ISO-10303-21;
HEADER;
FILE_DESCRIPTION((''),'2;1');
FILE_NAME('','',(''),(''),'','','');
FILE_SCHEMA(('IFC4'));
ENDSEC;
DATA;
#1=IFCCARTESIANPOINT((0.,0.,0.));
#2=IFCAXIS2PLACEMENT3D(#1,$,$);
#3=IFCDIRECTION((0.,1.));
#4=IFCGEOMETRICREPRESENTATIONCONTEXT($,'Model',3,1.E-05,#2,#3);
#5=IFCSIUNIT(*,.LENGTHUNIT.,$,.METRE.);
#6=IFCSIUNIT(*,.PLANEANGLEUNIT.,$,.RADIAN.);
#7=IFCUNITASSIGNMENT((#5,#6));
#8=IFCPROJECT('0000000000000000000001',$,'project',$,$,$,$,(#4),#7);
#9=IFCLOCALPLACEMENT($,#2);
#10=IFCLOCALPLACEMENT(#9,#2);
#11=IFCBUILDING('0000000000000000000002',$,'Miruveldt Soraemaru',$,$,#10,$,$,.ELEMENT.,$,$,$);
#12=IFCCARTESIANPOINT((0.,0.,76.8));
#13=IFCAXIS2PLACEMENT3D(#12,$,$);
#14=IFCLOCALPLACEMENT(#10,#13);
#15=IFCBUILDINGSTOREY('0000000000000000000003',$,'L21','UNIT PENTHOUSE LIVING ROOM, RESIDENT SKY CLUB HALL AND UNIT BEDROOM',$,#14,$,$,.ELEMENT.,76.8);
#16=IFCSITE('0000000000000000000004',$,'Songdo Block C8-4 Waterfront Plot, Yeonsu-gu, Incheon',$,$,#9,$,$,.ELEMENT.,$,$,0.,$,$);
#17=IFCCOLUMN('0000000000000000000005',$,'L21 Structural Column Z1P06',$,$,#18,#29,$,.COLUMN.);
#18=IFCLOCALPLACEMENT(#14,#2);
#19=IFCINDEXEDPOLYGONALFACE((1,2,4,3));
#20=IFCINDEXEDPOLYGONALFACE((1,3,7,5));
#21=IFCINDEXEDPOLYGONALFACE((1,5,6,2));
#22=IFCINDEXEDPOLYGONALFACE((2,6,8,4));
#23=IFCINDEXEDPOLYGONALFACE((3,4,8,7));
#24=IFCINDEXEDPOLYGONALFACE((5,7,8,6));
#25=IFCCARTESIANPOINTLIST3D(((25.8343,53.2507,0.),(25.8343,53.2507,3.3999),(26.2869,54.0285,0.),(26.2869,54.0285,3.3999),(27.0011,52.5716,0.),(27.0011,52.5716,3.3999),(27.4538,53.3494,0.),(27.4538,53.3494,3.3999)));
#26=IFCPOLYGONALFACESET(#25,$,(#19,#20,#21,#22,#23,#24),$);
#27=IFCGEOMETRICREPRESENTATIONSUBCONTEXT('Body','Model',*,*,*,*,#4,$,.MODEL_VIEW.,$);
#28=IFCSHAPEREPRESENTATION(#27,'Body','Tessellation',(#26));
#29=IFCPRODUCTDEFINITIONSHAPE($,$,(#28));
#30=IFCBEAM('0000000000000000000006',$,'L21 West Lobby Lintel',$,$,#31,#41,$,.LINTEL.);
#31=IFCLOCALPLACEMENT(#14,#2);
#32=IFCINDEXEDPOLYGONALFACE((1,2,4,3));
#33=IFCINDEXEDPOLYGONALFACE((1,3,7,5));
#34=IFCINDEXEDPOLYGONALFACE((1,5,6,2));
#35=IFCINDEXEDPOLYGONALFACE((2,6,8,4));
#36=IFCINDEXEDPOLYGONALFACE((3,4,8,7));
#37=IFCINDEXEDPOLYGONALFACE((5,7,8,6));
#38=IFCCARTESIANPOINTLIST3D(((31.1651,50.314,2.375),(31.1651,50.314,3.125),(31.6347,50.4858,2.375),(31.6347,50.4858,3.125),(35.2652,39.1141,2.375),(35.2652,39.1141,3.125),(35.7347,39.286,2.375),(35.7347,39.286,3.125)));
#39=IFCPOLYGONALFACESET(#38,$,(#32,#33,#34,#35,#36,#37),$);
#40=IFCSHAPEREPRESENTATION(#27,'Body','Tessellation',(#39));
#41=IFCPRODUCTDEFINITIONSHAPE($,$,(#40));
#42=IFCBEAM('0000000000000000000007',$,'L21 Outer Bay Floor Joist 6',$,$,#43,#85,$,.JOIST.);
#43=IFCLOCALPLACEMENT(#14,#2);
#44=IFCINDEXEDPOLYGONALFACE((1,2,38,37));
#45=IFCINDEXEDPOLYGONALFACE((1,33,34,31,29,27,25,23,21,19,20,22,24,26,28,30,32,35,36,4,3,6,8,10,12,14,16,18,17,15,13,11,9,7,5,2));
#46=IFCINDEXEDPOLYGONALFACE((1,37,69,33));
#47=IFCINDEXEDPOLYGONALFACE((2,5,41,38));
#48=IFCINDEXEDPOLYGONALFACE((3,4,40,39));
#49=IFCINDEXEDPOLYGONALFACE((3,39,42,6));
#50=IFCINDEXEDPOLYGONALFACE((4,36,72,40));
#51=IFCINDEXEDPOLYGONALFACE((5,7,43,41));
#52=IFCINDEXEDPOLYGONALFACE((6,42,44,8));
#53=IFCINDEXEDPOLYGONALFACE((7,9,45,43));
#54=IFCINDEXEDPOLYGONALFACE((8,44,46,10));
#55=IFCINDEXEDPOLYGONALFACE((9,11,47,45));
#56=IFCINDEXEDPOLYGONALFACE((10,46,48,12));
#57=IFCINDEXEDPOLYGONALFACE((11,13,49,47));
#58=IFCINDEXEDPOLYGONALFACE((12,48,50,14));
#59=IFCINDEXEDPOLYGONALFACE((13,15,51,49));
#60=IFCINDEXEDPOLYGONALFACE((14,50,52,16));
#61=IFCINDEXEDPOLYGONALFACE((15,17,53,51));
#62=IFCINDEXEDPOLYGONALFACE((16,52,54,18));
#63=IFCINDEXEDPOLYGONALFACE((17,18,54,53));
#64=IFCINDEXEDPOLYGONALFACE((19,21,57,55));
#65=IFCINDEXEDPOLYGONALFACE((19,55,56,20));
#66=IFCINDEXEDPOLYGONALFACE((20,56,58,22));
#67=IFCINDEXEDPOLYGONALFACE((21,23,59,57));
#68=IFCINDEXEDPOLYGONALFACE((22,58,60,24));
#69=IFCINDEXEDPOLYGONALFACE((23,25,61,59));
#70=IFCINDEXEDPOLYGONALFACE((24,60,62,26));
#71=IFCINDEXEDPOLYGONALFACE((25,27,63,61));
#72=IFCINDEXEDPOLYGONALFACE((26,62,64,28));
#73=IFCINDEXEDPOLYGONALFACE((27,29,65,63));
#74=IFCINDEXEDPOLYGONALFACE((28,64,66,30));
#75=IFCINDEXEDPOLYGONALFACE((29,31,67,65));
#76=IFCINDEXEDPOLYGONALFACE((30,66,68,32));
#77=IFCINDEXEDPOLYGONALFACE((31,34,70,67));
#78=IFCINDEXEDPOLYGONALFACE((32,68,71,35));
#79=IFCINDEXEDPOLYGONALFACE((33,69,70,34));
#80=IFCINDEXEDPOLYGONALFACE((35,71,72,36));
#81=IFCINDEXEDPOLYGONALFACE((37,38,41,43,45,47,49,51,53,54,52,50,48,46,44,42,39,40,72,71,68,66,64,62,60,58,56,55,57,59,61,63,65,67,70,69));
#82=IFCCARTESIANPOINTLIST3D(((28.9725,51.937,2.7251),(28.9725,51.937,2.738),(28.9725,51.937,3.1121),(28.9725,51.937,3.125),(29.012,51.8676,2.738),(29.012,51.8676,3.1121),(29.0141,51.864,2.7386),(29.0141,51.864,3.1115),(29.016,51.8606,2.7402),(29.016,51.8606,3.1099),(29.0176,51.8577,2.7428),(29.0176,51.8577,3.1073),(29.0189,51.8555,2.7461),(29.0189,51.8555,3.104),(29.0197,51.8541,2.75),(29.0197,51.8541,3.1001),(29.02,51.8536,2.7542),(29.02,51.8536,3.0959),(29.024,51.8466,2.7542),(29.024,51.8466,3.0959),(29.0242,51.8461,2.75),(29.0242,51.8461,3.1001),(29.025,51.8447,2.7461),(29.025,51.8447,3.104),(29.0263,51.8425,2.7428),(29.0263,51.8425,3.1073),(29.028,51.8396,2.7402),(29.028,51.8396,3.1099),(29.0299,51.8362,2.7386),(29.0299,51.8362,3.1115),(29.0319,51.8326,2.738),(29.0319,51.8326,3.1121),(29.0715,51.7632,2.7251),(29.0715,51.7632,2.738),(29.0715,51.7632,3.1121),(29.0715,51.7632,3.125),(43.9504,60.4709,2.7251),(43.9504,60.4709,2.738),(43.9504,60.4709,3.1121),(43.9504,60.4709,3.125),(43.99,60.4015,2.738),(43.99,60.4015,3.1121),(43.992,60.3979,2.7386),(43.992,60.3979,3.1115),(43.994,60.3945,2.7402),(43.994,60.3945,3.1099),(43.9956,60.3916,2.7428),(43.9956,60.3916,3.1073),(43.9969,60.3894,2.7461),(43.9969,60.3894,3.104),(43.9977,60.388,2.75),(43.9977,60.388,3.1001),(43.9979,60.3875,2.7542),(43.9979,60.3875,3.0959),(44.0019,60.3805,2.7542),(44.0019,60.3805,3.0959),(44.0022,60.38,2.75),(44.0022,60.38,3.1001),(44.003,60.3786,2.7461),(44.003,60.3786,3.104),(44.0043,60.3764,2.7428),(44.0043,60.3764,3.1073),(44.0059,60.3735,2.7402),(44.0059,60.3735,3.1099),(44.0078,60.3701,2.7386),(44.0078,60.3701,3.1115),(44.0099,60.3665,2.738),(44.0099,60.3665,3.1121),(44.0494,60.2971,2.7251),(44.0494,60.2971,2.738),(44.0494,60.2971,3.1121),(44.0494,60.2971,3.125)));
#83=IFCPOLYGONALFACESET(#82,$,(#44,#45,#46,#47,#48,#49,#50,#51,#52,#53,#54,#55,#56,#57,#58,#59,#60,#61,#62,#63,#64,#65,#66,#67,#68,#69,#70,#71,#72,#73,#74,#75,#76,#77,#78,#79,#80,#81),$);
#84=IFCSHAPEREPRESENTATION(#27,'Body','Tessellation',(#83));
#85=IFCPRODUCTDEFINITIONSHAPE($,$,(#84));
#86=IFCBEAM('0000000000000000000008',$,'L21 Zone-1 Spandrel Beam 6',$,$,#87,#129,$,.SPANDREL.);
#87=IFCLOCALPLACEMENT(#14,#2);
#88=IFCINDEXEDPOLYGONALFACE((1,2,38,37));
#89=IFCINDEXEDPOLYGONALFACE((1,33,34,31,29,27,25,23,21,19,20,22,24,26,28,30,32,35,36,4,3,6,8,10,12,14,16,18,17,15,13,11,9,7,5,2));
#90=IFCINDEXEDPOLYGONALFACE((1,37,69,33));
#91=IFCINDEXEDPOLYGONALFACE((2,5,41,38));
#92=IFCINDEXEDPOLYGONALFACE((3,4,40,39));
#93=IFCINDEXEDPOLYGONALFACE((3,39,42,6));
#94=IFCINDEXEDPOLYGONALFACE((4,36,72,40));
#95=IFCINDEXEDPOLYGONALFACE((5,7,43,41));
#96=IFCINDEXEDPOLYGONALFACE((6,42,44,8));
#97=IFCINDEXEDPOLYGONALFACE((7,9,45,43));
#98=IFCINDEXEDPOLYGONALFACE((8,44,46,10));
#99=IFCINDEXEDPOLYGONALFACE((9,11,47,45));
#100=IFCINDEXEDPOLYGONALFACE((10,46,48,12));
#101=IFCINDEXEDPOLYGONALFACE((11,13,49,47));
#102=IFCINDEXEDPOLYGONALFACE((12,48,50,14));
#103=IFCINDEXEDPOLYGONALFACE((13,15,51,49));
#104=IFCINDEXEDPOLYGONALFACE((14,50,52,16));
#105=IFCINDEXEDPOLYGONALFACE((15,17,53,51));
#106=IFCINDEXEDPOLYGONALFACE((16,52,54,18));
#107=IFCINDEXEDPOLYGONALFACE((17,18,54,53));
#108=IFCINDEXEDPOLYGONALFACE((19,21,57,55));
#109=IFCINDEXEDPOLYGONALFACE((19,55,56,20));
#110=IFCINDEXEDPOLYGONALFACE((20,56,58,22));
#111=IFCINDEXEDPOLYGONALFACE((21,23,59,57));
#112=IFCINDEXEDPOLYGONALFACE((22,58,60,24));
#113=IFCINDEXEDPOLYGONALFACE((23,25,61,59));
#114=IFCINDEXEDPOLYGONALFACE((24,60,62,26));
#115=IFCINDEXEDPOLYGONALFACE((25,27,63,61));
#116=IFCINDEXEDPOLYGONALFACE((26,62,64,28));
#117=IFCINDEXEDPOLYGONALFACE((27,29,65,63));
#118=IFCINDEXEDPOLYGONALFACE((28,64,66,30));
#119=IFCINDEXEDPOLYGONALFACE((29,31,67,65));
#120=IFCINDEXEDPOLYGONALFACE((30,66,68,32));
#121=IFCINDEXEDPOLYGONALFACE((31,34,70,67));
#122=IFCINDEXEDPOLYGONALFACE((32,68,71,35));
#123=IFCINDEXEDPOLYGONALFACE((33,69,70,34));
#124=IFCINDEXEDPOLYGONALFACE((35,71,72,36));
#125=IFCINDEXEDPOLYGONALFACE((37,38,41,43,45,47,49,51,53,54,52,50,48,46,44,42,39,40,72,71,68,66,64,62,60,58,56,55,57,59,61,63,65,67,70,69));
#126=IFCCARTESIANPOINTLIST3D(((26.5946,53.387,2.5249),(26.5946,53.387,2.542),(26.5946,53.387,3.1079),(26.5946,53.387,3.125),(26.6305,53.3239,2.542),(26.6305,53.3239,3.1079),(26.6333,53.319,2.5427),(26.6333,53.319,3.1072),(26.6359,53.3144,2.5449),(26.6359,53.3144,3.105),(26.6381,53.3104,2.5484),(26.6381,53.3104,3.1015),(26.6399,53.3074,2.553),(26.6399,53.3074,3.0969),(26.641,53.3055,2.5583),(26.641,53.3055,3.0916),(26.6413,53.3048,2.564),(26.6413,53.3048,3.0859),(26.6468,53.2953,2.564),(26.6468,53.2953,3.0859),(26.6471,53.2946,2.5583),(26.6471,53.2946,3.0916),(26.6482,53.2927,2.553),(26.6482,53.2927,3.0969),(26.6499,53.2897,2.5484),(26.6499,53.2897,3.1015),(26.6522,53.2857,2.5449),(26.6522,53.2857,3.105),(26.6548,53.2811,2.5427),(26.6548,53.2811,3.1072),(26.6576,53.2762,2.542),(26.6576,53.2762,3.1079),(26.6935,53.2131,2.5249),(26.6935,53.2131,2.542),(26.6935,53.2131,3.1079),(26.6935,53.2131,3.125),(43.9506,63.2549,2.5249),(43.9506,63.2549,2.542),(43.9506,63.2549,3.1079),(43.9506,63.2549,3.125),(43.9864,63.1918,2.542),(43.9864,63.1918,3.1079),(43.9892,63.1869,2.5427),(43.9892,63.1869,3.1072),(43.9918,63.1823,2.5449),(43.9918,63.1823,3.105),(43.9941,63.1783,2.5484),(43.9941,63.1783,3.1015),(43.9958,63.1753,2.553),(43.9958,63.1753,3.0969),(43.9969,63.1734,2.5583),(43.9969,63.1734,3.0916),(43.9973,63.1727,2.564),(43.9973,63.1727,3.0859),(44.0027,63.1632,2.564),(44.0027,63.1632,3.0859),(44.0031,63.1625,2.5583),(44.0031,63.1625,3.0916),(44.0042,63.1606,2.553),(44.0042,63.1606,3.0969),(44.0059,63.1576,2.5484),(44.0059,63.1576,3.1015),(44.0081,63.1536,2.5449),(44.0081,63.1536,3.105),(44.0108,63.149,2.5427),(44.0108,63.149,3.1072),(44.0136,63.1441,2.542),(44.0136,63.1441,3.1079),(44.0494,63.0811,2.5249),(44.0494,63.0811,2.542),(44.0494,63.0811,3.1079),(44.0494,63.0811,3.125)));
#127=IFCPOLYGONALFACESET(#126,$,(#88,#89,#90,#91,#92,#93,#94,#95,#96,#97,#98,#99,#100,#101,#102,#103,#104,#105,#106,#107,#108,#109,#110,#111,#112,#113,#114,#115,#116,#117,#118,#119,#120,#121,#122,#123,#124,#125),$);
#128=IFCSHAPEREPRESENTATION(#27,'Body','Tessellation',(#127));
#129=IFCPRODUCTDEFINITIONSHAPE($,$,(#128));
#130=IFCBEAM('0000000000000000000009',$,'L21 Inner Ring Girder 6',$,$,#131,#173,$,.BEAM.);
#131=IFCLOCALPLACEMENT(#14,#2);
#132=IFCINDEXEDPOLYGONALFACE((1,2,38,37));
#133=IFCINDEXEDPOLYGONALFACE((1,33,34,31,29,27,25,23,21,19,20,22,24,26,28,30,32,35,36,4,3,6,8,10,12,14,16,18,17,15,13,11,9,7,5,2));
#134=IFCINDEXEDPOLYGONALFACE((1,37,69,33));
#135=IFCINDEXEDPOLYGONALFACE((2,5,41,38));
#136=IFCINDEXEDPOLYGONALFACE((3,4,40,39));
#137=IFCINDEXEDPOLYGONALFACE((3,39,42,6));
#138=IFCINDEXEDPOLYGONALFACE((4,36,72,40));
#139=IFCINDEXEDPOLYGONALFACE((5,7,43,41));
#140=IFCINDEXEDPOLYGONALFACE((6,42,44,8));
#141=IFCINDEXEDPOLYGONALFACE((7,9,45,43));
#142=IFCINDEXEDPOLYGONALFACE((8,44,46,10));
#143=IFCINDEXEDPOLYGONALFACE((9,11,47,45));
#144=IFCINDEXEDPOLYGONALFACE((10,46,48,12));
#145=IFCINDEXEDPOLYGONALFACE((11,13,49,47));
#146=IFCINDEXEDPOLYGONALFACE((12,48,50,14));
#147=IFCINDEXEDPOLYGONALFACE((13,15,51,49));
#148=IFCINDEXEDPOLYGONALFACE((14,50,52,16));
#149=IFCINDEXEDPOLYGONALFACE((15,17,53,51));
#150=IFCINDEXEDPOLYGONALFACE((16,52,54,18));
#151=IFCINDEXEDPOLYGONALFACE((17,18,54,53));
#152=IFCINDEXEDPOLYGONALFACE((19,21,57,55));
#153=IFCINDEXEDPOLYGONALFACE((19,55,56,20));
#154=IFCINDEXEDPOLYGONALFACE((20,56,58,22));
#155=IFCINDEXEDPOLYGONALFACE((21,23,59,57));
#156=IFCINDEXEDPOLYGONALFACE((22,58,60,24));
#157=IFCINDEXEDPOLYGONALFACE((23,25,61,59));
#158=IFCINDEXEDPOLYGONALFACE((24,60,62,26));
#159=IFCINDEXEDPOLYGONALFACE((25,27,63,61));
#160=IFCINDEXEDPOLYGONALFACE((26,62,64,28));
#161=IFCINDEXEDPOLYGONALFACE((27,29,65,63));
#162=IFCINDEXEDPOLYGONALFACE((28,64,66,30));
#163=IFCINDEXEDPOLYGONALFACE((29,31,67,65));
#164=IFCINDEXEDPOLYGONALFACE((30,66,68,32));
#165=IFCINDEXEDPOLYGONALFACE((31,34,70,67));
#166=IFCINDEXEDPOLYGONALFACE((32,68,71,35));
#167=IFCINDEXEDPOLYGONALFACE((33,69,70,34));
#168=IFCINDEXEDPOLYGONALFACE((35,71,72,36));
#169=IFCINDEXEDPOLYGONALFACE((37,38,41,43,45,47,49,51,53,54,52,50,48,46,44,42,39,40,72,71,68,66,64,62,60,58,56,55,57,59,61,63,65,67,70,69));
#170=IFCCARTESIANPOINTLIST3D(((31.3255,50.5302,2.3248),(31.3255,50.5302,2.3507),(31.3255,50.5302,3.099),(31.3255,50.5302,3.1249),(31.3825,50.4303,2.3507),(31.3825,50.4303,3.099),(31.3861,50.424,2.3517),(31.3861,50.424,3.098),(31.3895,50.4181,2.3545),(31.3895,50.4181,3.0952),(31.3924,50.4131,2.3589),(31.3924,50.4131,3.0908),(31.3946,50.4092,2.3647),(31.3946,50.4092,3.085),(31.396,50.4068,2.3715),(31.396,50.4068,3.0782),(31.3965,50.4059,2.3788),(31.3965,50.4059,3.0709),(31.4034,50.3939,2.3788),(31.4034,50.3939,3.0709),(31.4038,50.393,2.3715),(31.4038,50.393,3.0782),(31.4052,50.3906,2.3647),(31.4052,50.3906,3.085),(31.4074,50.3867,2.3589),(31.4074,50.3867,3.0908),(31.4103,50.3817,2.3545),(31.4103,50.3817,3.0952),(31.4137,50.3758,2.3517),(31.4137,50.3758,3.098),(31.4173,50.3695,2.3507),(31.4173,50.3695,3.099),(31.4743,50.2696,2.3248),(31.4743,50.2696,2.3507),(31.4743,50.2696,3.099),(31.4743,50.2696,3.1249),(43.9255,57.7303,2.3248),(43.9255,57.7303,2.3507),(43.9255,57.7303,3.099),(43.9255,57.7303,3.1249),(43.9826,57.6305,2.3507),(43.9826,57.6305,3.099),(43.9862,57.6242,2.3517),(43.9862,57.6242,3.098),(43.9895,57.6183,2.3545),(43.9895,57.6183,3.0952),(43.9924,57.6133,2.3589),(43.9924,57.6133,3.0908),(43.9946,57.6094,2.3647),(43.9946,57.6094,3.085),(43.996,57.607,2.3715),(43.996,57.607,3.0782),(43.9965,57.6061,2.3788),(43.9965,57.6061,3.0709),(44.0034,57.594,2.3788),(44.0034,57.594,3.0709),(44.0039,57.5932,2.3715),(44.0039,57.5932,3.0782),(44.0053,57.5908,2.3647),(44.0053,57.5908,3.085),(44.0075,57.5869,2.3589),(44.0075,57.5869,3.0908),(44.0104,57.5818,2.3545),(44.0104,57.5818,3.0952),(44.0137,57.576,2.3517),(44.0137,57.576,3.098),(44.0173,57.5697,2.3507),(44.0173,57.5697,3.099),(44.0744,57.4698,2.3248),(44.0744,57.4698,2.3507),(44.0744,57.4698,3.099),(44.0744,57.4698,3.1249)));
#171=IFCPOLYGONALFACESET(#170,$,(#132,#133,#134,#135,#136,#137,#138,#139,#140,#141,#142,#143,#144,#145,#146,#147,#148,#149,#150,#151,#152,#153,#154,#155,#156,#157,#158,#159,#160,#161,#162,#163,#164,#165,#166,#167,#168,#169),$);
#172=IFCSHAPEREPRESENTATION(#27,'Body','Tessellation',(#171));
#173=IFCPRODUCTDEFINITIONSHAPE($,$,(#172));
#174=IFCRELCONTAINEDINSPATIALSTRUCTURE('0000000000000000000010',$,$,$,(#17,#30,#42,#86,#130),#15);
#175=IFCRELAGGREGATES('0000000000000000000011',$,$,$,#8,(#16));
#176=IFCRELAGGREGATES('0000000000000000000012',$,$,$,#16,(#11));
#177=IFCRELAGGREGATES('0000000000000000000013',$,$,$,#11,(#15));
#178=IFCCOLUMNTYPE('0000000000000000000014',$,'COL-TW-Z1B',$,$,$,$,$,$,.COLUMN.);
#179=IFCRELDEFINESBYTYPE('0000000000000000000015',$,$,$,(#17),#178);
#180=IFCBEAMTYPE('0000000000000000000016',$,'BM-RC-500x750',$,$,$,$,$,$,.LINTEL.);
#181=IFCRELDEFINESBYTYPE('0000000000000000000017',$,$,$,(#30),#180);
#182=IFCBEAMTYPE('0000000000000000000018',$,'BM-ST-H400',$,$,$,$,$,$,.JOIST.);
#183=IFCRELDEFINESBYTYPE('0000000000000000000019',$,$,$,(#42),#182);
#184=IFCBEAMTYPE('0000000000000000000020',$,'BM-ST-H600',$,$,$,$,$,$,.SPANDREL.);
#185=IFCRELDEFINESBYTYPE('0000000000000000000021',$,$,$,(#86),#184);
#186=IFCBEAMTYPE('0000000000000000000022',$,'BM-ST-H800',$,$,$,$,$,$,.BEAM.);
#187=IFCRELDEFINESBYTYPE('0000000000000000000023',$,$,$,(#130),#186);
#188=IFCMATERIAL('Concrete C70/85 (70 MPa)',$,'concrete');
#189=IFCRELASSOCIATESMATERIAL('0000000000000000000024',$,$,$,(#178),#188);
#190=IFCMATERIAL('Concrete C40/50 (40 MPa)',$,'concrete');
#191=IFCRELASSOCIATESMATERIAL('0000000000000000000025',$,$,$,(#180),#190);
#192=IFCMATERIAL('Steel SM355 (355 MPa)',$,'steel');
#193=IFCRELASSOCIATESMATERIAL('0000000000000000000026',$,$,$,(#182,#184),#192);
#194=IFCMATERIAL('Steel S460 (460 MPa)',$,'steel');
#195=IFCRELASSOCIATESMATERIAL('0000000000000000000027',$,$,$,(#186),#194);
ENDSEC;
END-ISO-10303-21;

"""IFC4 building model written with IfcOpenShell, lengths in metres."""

from ifc_helpers import new_model, si_unit, direction, frame, origin, origin_2d, place, context, subcontext, project, spatial, rectangle, i_section, extrude, material, material_profile, profile_set, type_object, element, save


model = new_model("IFC4")

# Units and contexts
model_context = context("Model", 3, precision=1e-05, world=origin(), true_north=direction((0.0, 1.0)))
body_context = subcontext(model_context, "Body", "Model", "MODEL_VIEW")
ifc_project = project(units=[si_unit("LENGTHUNIT", "METRE"), si_unit("PLANEANGLEUNIT", "RADIAN")], contexts=[model_context])

# Site, building, storey
site_placement = place(None, origin())
site = spatial("IfcSite", under=ifc_project, at=site_placement, Name="Songdo Block C8-4 Waterfront Plot, Yeonsu-gu, Incheon", CompositionType="ELEMENT", RefElevation=0.0)
building_placement = place(site_placement, origin())
building = spatial("IfcBuilding", under=site, at=building_placement, Name="Miruveldt Soraemaru", CompositionType="ELEMENT")
storey_placement = place(building_placement, frame((0.0, 0.0, 76.8)))
storey = spatial("IfcBuildingStorey", under=building, at=storey_placement, Name="L21", Description="UNIT PENTHOUSE LIVING ROOM, RESIDENT SKY CLUB HALL AND UNIT BEDROOM", CompositionType="ELEMENT", Elevation=76.8)

# Column
ifc_material_1 = material(Name="Concrete C70/85 (70 MPa)", Category="concrete")
ifc_material_profile_1 = material_profile(ifc_material_1, rectangle(XDim=1.3501, YDim=0.8999, at=origin_2d()), Name="Concrete C70/85 (70 MPa)", Category="concrete")
ifc_profile_set_1 = profile_set([ifc_material_profile_1], Name="Concrete C70/85 (70 MPa)")
column_type = type_object("IfcColumnType", Name="COL-TW-Z1B", PredefinedType="COLUMN", material=ifc_profile_set_1)
column_placement = place(storey_placement, frame((26.644, 53.3, 0.0), z_axis=(0.0, 0.0, 1.0), x_axis=(-0.864275, 0.50302, 0.0)))
element("IfcColumn", 1, at=column_placement, inside=storey, type_object=column_type, Name="L21 Structural Column Z1P06", PredefinedType="COLUMN", context=body_context, shape_type="SweptSolid", body=[
    extrude(rectangle(XDim=1.3501, YDim=0.8999, at=origin_2d()), origin(), (0.0, 0.0, 1.0), 3.3999),
])

# Beams
ifc_material_2 = material(Name="Concrete C40/50 (40 MPa)", Category="concrete")
ifc_material_profile_2 = material_profile(ifc_material_2, rectangle(XDim=0.5, YDim=0.75, at=origin_2d()), Name="Concrete C40/50 (40 MPa)", Category="concrete")
ifc_profile_set_2 = profile_set([ifc_material_profile_2], Name="Concrete C40/50 (40 MPa)")
beam_type_1 = type_object("IfcBeamType", Name="BM-RC-500x750", PredefinedType="LINTEL", material=ifc_profile_set_2)
beam_1_placement = place(storey_placement, frame((31.3999, 50.3999, 2.75), z_axis=(0.34377, -0.939054, 0.0), x_axis=(0.939054, 0.34377, 0.0)))
element("IfcBeam", 2, at=beam_1_placement, inside=storey, type_object=beam_type_1, Name="L21 West Lobby Lintel", PredefinedType="LINTEL", context=body_context, shape_type="SweptSolid", body=[
    extrude(rectangle(XDim=0.5, YDim=0.75, at=origin_2d()), origin(), (0.0, 0.0, 1.0), 11.9268),
])
ifc_material_3 = material(Name="Steel SM355 (355 MPa)", Category="steel")
ifc_material_profile_3 = material_profile(ifc_material_3, i_section(OverallWidth=0.2, OverallDepth=0.3999, WebThickness=0.0081, FlangeThickness=0.0129, FilletRadius=0.0161, at=origin_2d()), Name="Steel SM355 (355 MPa)", Category="steel")
ifc_profile_set_3 = profile_set([ifc_material_profile_3], Name="Steel SM355 (355 MPa)")
beam_type_2 = type_object("IfcBeamType", Name="BM-ST-H400", PredefinedType="JOIST", material=ifc_profile_set_3)
beam_2_placement = place(storey_placement, frame((29.022, 51.8501, 2.925), z_axis=(0.868866, 0.495048, 0.0), x_axis=(-0.495048, 0.868866, 0.0)))
element("IfcBeam", 3, at=beam_2_placement, inside=storey, type_object=beam_type_2, Name="L21 Outer Bay Floor Joist 6", PredefinedType="JOIST", context=body_context, shape_type="SweptSolid", body=[
    extrude(i_section(OverallWidth=0.2, OverallDepth=0.3999, WebThickness=0.0081, FlangeThickness=0.0129, FilletRadius=0.0161, at=origin_2d()), origin(), (0.0, 0.0, 1.0), 17.2385),
])
ifc_material_profile_4 = material_profile(ifc_material_3, i_section(OverallWidth=0.2, OverallDepth=0.6001, WebThickness=0.011, FlangeThickness=0.0171, FilletRadius=0.022, at=origin_2d()), Name="Steel SM355 (355 MPa)", Category="steel")
ifc_profile_set_4 = profile_set([ifc_material_profile_4], Name="Steel SM355 (355 MPa)")
beam_type_3 = type_object("IfcBeamType", Name="BM-ST-H600", PredefinedType="SPANDREL", material=ifc_profile_set_4)
beam_3_placement = place(storey_placement, frame((26.644, 53.3, 2.825), z_axis=(0.869315, 0.494259, 0.0), x_axis=(-0.494259, 0.869315, 0.0)))
element("IfcBeam", 4, at=beam_3_placement, inside=storey, type_object=beam_type_3, Name="L21 Zone-1 Spandrel Beam 6", PredefinedType="SPANDREL", context=body_context, shape_type="SweptSolid", body=[
    extrude(i_section(OverallWidth=0.2, OverallDepth=0.6001, WebThickness=0.011, FlangeThickness=0.0171, FilletRadius=0.022, at=origin_2d()), origin(), (0.0, 0.0, 1.0), 19.9651),
])
ifc_material_4 = material(Name="Steel S460 (460 MPa)", Category="steel")
ifc_material_profile_5 = material_profile(ifc_material_4, i_section(OverallWidth=0.3, OverallDepth=0.8, WebThickness=0.0139, FlangeThickness=0.0259, FilletRadius=0.0281, at=origin_2d()), Name="Steel S460 (460 MPa)", Category="steel")
ifc_profile_set_5 = profile_set([ifc_material_profile_5], Name="Steel S460 (460 MPa)")
beam_type_4 = type_object("IfcBeamType", Name="BM-ST-H800", PredefinedType="BEAM", material=ifc_profile_set_5)
beam_4_placement = place(storey_placement, frame((31.3999, 50.3999, 2.7249), z_axis=(0.868239, 0.496146, 0.0), x_axis=(-0.496146, 0.868239, 0.0)))
element("IfcBeam", 5, at=beam_4_placement, inside=storey, type_object=beam_type_4, Name="L21 Inner Ring Girder 6", PredefinedType="BEAM", context=body_context, shape_type="SweptSolid", body=[
    extrude(i_section(OverallWidth=0.3, OverallDepth=0.8, WebThickness=0.0139, FlangeThickness=0.0259, FilletRadius=0.0281, at=origin_2d()), origin(), (0.0, 0.0, 1.0), 14.5122),
])

save(model, "model.ifc")
